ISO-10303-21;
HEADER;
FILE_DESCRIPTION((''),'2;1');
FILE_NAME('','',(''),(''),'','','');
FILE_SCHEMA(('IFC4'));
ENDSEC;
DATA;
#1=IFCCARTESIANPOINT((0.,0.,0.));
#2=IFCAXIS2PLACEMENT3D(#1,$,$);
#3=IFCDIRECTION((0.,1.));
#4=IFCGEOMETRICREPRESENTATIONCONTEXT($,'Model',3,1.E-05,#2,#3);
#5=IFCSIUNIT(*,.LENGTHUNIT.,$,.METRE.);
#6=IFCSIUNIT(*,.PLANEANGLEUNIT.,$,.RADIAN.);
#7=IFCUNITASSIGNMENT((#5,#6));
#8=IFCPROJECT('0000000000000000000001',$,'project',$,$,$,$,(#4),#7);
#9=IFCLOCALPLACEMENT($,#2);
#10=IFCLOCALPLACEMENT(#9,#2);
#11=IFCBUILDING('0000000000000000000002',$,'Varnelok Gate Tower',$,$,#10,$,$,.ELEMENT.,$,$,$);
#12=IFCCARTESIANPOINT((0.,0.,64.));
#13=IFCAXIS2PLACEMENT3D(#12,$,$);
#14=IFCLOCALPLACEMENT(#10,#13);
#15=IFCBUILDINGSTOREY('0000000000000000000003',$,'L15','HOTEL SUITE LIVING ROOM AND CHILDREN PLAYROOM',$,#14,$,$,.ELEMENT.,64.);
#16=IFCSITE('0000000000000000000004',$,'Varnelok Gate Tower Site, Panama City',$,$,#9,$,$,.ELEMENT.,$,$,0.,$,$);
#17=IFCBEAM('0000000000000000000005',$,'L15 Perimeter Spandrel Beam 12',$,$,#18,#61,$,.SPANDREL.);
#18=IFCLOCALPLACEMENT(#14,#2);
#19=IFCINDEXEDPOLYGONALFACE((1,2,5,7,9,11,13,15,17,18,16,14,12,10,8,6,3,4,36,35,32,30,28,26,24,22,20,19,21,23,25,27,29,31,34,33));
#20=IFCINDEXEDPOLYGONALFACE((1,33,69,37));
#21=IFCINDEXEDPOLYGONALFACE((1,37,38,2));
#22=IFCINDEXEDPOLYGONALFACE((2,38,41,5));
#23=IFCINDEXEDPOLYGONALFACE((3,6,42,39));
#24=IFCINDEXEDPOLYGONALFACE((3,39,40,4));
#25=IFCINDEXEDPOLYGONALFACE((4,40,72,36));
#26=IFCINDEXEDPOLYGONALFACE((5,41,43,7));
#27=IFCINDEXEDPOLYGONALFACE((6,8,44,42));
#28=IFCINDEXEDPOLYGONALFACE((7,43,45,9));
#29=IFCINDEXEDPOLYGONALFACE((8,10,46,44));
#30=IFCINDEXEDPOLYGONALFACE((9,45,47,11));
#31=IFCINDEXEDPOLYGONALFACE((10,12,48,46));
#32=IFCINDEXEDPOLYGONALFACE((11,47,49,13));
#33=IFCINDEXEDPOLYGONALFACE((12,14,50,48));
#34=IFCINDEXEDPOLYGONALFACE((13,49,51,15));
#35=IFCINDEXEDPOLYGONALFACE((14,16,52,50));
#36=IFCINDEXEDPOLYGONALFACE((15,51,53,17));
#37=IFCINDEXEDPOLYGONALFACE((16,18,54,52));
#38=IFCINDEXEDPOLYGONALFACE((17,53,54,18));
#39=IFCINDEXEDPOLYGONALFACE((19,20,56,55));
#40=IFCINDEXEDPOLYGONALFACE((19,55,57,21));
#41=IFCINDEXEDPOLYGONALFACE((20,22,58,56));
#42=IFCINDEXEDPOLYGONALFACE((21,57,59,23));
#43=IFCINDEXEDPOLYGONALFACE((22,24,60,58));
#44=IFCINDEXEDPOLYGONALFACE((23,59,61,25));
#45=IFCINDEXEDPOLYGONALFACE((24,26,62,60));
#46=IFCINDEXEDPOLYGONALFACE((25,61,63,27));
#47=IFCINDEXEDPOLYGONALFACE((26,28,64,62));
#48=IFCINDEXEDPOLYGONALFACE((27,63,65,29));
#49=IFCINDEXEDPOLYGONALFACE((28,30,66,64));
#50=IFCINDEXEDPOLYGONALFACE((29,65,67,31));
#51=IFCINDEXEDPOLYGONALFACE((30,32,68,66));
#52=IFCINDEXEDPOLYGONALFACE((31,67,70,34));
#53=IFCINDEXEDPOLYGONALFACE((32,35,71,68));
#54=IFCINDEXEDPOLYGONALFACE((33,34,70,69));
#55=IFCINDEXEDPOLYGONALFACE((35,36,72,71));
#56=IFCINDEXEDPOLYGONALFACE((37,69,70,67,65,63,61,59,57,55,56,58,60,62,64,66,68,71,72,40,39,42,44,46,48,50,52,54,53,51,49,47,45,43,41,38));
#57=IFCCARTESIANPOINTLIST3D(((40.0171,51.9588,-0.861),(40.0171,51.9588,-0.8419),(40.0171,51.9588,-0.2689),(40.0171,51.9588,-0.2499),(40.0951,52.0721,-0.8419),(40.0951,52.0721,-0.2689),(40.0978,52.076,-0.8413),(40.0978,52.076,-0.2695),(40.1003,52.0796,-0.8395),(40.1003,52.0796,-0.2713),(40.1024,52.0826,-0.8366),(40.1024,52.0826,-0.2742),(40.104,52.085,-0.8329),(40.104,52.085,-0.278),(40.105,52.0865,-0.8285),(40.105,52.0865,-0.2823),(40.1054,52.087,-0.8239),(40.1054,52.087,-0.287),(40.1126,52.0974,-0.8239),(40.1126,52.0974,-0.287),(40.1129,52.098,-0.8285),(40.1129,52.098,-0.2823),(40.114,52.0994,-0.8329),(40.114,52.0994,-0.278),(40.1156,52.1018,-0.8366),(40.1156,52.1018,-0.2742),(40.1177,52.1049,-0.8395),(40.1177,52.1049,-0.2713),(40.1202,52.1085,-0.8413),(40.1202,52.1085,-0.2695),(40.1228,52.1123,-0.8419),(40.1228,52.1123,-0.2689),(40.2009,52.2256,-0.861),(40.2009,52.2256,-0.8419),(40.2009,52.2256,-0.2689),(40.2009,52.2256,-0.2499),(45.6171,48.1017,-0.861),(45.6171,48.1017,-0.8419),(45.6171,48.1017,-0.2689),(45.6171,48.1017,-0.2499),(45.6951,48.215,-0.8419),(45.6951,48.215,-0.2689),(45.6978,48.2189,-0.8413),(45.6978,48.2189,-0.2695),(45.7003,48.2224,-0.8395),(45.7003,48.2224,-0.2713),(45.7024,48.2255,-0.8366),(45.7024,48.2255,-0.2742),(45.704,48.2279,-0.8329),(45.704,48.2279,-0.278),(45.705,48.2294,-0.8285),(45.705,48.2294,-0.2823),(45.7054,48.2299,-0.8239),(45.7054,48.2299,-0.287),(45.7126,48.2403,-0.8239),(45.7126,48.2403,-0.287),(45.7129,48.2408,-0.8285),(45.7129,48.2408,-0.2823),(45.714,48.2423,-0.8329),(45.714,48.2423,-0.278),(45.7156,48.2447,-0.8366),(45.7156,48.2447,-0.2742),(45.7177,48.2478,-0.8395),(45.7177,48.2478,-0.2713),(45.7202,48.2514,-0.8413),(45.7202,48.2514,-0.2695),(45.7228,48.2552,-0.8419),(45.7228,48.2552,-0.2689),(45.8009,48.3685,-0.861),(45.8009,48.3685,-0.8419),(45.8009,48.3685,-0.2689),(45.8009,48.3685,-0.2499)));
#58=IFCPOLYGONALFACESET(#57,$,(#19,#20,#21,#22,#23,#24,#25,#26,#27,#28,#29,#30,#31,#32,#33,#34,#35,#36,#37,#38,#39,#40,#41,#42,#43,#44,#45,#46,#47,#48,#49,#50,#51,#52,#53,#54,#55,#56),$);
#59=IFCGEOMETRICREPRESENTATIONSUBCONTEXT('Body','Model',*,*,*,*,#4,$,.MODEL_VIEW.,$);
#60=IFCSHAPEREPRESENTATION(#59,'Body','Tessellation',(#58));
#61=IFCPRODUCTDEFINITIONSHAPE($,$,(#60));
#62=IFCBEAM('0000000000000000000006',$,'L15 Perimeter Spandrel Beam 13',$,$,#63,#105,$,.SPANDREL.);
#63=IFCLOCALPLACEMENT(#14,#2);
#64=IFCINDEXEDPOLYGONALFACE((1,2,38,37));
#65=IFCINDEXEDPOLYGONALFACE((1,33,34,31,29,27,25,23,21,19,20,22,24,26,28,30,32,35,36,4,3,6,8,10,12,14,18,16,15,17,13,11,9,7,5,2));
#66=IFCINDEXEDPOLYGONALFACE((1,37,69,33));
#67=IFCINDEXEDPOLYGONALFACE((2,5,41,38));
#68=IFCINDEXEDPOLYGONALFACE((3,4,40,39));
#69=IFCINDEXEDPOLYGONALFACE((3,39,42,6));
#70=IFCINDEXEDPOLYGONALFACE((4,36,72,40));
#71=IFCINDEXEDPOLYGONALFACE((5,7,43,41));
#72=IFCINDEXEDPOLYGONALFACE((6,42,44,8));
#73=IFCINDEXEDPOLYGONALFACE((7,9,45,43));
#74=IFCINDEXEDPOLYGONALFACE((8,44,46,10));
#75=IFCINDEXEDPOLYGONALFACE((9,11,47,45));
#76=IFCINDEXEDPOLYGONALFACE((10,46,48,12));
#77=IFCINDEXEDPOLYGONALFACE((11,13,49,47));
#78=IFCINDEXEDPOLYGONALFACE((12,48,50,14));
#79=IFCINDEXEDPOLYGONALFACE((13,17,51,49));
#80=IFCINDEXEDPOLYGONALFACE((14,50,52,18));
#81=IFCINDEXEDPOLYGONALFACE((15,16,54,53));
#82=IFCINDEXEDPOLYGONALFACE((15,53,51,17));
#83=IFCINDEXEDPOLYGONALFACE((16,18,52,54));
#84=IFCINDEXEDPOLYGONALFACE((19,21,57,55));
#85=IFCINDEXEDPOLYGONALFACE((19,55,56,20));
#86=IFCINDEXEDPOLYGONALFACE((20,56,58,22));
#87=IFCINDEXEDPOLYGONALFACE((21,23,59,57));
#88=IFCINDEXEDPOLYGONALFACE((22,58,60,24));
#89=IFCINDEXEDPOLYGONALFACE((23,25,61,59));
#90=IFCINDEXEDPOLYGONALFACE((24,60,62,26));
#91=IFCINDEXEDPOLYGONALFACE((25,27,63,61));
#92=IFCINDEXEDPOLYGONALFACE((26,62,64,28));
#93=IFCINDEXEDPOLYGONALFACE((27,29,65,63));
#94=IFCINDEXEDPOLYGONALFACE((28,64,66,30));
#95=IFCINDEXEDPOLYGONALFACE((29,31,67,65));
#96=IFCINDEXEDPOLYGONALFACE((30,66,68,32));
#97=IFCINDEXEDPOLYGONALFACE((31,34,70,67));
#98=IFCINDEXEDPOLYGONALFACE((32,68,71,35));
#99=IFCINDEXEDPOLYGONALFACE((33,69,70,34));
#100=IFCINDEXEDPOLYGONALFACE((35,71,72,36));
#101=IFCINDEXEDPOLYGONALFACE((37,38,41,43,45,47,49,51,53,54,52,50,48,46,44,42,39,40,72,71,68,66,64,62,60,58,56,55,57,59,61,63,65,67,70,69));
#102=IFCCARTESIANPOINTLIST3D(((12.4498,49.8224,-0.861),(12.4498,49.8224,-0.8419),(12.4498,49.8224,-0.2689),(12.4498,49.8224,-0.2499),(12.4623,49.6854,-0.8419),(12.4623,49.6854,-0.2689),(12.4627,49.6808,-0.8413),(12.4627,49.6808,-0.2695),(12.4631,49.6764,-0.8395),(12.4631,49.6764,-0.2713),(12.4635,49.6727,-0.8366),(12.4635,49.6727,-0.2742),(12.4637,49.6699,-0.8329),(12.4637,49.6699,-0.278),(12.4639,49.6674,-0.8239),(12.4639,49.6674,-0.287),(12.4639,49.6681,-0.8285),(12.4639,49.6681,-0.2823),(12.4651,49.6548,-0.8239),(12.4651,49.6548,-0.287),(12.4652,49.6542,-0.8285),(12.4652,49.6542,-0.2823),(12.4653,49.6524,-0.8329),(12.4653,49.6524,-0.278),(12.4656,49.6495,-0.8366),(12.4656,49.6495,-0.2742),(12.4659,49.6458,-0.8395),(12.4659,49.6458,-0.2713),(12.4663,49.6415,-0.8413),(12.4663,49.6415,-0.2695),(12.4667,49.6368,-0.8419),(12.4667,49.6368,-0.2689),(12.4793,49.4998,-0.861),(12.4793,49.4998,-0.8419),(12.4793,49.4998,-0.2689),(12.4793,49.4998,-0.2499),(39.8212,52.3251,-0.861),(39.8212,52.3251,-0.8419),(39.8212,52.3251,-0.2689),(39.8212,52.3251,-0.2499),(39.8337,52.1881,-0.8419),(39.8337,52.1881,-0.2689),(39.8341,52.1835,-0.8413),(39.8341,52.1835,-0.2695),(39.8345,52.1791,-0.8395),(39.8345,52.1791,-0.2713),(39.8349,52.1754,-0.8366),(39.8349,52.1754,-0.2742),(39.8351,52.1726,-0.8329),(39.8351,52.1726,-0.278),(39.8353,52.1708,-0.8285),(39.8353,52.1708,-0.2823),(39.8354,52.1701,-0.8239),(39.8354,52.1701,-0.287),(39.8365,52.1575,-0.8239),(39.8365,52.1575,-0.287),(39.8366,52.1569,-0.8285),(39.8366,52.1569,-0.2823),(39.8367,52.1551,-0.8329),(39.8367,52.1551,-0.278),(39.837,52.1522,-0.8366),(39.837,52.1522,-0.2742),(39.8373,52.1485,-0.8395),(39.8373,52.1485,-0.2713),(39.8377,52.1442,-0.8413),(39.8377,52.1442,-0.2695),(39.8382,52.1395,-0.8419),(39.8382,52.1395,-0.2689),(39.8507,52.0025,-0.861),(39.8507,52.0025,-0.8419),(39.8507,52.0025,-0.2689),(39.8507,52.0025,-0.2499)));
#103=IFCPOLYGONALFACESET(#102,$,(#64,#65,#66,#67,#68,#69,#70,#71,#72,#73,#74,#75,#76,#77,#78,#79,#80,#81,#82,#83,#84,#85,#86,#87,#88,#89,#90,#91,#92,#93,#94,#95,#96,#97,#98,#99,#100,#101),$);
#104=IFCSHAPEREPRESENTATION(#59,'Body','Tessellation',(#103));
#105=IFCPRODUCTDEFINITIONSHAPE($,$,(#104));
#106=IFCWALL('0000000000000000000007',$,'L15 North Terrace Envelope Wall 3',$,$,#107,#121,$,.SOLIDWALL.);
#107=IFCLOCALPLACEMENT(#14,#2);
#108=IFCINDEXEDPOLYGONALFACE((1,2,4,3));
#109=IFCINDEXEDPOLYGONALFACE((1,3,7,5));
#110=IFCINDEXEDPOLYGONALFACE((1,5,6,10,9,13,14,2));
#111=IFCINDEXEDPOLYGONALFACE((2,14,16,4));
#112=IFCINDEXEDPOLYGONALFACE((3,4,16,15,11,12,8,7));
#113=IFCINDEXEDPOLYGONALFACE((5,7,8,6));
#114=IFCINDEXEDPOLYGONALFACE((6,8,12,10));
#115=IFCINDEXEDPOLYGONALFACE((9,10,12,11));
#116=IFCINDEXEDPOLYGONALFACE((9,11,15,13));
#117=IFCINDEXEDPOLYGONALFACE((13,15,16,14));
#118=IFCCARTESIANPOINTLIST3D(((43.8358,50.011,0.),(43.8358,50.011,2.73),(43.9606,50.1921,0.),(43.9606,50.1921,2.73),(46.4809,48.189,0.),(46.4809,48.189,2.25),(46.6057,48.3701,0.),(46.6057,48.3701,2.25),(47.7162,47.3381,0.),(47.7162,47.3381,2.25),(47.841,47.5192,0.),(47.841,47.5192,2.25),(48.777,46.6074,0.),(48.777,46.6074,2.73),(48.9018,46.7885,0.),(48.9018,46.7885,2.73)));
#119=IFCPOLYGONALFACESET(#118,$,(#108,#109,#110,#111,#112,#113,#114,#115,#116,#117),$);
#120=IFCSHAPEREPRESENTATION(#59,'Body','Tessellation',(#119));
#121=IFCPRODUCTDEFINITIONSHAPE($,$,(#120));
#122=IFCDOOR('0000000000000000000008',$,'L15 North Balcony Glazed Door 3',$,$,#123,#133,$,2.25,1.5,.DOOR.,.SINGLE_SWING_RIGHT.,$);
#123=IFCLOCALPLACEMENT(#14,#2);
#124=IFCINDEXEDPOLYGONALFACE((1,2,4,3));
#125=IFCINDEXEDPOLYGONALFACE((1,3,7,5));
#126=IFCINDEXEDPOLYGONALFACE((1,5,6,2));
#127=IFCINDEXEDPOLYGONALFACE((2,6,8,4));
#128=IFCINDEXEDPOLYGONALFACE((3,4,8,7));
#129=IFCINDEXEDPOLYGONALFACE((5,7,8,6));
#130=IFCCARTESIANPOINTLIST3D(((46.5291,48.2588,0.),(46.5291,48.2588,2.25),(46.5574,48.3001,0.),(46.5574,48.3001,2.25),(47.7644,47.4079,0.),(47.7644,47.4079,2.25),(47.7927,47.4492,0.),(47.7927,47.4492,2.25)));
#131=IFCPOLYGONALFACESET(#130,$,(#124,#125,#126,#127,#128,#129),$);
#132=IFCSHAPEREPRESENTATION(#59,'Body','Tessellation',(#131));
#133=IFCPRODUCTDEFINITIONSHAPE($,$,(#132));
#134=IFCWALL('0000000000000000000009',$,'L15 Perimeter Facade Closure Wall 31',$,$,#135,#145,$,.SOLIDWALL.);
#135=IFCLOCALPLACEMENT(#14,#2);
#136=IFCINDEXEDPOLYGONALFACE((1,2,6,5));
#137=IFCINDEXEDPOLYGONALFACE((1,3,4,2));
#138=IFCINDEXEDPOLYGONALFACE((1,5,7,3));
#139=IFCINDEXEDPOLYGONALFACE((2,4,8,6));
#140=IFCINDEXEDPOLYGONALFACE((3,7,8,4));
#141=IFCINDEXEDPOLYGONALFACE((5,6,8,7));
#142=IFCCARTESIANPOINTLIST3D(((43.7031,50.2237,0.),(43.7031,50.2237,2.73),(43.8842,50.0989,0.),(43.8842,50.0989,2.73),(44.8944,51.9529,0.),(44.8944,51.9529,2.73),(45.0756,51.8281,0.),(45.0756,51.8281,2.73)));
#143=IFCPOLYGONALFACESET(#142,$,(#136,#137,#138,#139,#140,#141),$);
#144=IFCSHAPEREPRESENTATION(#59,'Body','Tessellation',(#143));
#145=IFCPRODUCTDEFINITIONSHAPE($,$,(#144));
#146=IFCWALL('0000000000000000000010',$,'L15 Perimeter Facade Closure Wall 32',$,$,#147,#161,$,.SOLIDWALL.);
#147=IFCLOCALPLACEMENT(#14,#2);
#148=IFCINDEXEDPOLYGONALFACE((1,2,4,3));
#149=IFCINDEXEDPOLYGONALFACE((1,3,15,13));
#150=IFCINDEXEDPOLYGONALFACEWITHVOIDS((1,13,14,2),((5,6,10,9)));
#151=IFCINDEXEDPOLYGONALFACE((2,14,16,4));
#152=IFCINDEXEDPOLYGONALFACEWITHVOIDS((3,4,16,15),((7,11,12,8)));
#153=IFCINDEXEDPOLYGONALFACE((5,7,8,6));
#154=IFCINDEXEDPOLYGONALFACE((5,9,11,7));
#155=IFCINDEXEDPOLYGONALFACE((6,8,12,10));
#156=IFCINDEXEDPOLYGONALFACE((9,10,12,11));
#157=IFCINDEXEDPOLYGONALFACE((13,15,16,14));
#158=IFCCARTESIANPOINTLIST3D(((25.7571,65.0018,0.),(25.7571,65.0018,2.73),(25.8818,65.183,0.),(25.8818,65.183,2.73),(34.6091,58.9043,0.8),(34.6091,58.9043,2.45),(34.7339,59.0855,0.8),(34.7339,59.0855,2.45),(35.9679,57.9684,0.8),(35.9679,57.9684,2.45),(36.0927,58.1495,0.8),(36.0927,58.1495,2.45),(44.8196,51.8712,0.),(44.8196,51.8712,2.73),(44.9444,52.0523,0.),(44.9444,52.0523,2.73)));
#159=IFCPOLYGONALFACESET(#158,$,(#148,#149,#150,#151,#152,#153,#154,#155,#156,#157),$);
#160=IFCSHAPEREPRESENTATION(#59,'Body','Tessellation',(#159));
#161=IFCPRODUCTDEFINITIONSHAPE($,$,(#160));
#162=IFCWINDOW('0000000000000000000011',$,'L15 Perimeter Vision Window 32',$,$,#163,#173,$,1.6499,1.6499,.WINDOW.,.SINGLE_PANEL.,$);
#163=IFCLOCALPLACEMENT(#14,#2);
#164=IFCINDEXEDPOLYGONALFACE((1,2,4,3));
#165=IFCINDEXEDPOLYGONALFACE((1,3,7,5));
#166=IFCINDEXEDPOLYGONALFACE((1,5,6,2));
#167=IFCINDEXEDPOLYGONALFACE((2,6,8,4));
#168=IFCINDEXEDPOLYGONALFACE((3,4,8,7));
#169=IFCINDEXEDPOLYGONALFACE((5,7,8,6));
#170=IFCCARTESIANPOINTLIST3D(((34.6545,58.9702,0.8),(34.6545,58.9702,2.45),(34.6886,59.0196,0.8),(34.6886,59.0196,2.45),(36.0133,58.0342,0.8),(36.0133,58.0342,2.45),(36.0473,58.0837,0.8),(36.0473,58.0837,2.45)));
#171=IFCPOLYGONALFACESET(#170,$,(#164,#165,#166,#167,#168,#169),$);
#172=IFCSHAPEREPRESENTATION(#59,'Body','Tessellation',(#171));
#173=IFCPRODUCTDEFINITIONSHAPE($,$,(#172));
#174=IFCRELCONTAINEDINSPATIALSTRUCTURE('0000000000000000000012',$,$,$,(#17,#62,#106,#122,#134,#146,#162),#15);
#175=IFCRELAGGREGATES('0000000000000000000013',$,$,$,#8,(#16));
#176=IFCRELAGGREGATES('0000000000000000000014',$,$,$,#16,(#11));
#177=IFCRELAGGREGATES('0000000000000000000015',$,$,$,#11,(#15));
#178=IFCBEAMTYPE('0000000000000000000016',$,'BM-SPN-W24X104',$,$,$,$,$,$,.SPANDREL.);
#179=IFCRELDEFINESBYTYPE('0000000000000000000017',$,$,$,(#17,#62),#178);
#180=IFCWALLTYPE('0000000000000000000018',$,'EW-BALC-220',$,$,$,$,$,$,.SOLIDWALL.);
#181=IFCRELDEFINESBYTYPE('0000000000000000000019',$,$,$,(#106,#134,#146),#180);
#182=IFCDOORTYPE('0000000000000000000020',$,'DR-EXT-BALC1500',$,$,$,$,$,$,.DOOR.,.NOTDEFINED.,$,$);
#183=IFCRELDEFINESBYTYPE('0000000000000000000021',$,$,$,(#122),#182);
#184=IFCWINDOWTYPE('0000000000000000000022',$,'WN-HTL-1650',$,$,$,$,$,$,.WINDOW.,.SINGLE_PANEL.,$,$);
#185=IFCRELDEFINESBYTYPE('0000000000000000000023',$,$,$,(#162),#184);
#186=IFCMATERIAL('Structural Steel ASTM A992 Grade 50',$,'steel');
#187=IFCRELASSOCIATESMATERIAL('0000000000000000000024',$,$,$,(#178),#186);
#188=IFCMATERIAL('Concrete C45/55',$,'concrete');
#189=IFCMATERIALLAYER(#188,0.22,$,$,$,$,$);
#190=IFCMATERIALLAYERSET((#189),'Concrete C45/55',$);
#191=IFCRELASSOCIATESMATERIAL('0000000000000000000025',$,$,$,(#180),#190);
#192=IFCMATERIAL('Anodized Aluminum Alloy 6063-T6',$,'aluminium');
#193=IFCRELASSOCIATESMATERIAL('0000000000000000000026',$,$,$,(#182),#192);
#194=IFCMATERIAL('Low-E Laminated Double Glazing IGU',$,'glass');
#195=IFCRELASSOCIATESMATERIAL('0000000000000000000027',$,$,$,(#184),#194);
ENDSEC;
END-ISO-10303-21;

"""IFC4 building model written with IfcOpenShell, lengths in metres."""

from ifc_helpers import new_model, si_unit, direction, frame, frame_2d, origin, origin_2d, place, context, subcontext, project, spatial, rectangle, i_section, extrude, material, layer, layer_set, material_profile, profile_set, type_object, element, fill, save


model = new_model("IFC4")

# Units and contexts
model_context = context("Model", 3, precision=1e-05, world=origin(), true_north=direction((0.0, 1.0)))
body_context = subcontext(model_context, "Body", "Model", "MODEL_VIEW")
ifc_project = project(units=[si_unit("LENGTHUNIT", "METRE"), si_unit("PLANEANGLEUNIT", "RADIAN")], contexts=[model_context])

# Site, building, storey
site_placement = place(None, origin())
site = spatial("IfcSite", under=ifc_project, at=site_placement, Name="Varnelok Gate Tower Site, Panama City", CompositionType="ELEMENT", RefElevation=0.0)
building_placement = place(site_placement, origin())
building = spatial("IfcBuilding", under=site, at=building_placement, Name="Varnelok Gate Tower", CompositionType="ELEMENT")
storey_placement = place(building_placement, frame((0.0, 0.0, 64.0)))
storey = spatial("IfcBuildingStorey", under=building, at=storey_placement, Name="L15", Description="HOTEL SUITE LIVING ROOM AND CHILDREN PLAYROOM", CompositionType="ELEMENT", Elevation=64.0)

# Shared definitions
ifc_material_1 = material(Name="Structural Steel ASTM A992 Grade 50", Category="steel")

# Beams
ifc_material_profile_1 = material_profile(ifc_material_1, i_section(OverallWidth=0.324, OverallDepth=0.6111, WebThickness=0.0127, FlangeThickness=0.019, FilletRadius=0.0181, at=origin_2d()), Name="W24X104")
ifc_profile_set_1 = profile_set([ifc_material_profile_1], Name="Structural Steel ASTM A992 Grade 50")
beam_type_1 = type_object("IfcBeamType", Name="BM-SPN-W24X104", PredefinedType="SPANDREL", material=ifc_profile_set_1)
beam_1_placement = place(storey_placement, frame((45.709, 48.2351, -0.5554), z_axis=(-0.823553, 0.567239, 0.0), x_axis=(-0.567239, -0.823553, 0.0)))
element("IfcBeam", 1, at=beam_1_placement, inside=storey, type_object=beam_type_1, Name="L15 Perimeter Spandrel Beam 12", PredefinedType="SPANDREL", context=body_context, shape_type="SweptSolid", body=[
    extrude(i_section(OverallWidth=0.324, OverallDepth=0.6111, WebThickness=0.0127, FlangeThickness=0.019, FilletRadius=0.0181, at=origin_2d()), origin(), (0.0, 0.0, 1.0), 6.7998),
])
beam_2_placement = place(storey_placement, frame((39.8359, 52.1638, -0.5554), z_axis=(-0.995846, -0.091055, 0.0), x_axis=(0.091055, -0.995846, 0.0)))
element("IfcBeam", 2, at=beam_2_placement, inside=storey, type_object=beam_type_1, Name="L15 Perimeter Spandrel Beam 13", PredefinedType="SPANDREL", context=body_context, shape_type="SweptSolid", body=[
    extrude(i_section(OverallWidth=0.324, OverallDepth=0.6111, WebThickness=0.0127, FlangeThickness=0.019, FilletRadius=0.0181, at=origin_2d()), origin(), (0.0, 0.0, 1.0), 27.4856),
])

# Wall, opening, door
ifc_material_2 = material(Name="Concrete C45/55", Category="concrete")
ifc_layer_1 = layer(ifc_material_2, 0.22)
ifc_layer_set_1 = layer_set([ifc_layer_1], Name="Concrete C45/55")
wall_type_1 = type_object("IfcWallType", Name="EW-BALC-220", PredefinedType="SOLIDWALL", material=ifc_layer_set_1)
wall_1_placement = place(storey_placement, frame((43.8982, 50.1016, 0.0), z_axis=(0.0, 0.0, 1.0), x_axis=(0.823535, -0.567266, 0.0)))
wall_1 = element("IfcWall", 3, at=wall_1_placement, inside=storey, type_object=wall_type_1, Name="L15 North Terrace Envelope Wall 3", PredefinedType="SOLIDWALL", context=body_context, shape_type="SweptSolid", body=[
    extrude(rectangle(XDim=6.0, YDim=0.22, at=frame_2d((3.0, 0.0))), origin(), (0.0, 0.0, 1.0), 2.73),
])
opening_1_placement = place(wall_1_placement, frame((3.2119, 0.0, 0.0)))
opening_1 = element("IfcOpeningElement", 4, at=opening_1_placement, cuts=wall_1, PredefinedType="OPENING", context=body_context, shape_type="SweptSolid", body=[
    extrude(rectangle(XDim=1.5, YDim=2.25, at=frame_2d((0.75, 1.125))), frame((0.0, 0.1199, 0.0), z_axis=(0.0, -1.0, 0.0), x_axis=(1.0, 0.0, 0.0)), (0.0, 0.0, 1.0), 0.24),
])
ifc_material_3 = material(Name="Anodized Aluminum Alloy 6063-T6", Category="aluminium")
door_type_1 = type_object("IfcDoorType", Name="DR-EXT-BALC1500", OperationType="NOTDEFINED", PredefinedType="DOOR", material=ifc_material_3)
door_1_placement = place(opening_1_placement, origin())
door_1 = element("IfcDoor", 5, at=door_1_placement, inside=storey, type_object=door_type_1, Name="L15 North Balcony Glazed Door 3", OperationType="SINGLE_SWING_RIGHT", OverallHeight=2.25, OverallWidth=1.5, PredefinedType="DOOR", context=body_context, shape_type="SweptSolid", body=[
    extrude(rectangle(XDim=1.5, YDim=2.25, at=frame_2d((0.75, 1.125))), frame((0.0, 0.0249, 0.0), z_axis=(0.0, -1.0, 0.0), x_axis=(1.0, 0.0, 0.0)), (0.0, 0.0, 1.0), 0.05),
])
fill(opening_1, door_1)

# Wall
wall_2_placement = place(storey_placement, frame((43.7937, 50.1614, 0.0), z_axis=(0.0, 0.0, 1.0), x_axis=(0.567353, 0.823475, 0.0)))
element("IfcWall", 6, at=wall_2_placement, inside=storey, type_object=wall_type_1, Name="L15 Perimeter Facade Closure Wall 31", PredefinedType="SOLIDWALL", context=body_context, shape_type="SweptSolid", body=[
    extrude(rectangle(XDim=2.0999, YDim=0.22, at=frame_2d((1.0498, 0.0))), origin(), (0.0, 0.0, 1.0), 2.73),
])

# Wall, opening, window
wall_3_placement = place(storey_placement, frame((44.8821, 51.9617, 0.0), z_axis=(0.0, 0.0, 1.0), x_axis=(-0.823534, 0.567266, 0.0)))
wall_3 = element("IfcWall", 7, at=wall_3_placement, inside=storey, type_object=wall_type_1, Name="L15 Perimeter Facade Closure Wall 32", PredefinedType="SOLIDWALL", context=body_context, shape_type="SweptSolid", body=[
    extrude(rectangle(XDim=23.1472, YDim=0.22, at=frame_2d((11.5737, 0.0))), origin(), (0.0, 0.0, 1.0), 2.73),
])
opening_2_placement = place(wall_3_placement, frame((10.7485, 0.0, 0.8)))
opening_2 = element("IfcOpeningElement", 8, at=opening_2_placement, cuts=wall_3, PredefinedType="OPENING", context=body_context, shape_type="SweptSolid", body=[
    extrude(rectangle(XDim=1.6499, YDim=1.6499, at=frame_2d((0.825, 0.825))), frame((0.0, 0.1199, 0.0), z_axis=(0.0, -1.0, 0.0), x_axis=(1.0, 0.0, 0.0)), (0.0, 0.0, 1.0), 0.24),
])
ifc_material_4 = material(Name="Low-E Laminated Double Glazing IGU", Category="glass")
window_type = type_object("IfcWindowType", Name="WN-HTL-1650", PartitioningType="SINGLE_PANEL", PredefinedType="WINDOW", material=ifc_material_4)
window_placement = place(opening_2_placement, origin())
window = element("IfcWindow", 9, at=window_placement, inside=storey, type_object=window_type, Name="L15 Perimeter Vision Window 32", OverallHeight=1.6499, OverallWidth=1.6499, PartitioningType="SINGLE_PANEL", PredefinedType="WINDOW", context=body_context, shape_type="SweptSolid", body=[
    extrude(rectangle(XDim=1.6499, YDim=1.6499, at=frame_2d((0.825, 0.825))), frame((0.0, 0.03, 0.0), z_axis=(0.0, -1.0, 0.0), x_axis=(1.0, 0.0, 0.0)), (0.0, 0.0, 1.0), 0.0601),
])
fill(opening_2, window)

save(model, "model.ifc")
